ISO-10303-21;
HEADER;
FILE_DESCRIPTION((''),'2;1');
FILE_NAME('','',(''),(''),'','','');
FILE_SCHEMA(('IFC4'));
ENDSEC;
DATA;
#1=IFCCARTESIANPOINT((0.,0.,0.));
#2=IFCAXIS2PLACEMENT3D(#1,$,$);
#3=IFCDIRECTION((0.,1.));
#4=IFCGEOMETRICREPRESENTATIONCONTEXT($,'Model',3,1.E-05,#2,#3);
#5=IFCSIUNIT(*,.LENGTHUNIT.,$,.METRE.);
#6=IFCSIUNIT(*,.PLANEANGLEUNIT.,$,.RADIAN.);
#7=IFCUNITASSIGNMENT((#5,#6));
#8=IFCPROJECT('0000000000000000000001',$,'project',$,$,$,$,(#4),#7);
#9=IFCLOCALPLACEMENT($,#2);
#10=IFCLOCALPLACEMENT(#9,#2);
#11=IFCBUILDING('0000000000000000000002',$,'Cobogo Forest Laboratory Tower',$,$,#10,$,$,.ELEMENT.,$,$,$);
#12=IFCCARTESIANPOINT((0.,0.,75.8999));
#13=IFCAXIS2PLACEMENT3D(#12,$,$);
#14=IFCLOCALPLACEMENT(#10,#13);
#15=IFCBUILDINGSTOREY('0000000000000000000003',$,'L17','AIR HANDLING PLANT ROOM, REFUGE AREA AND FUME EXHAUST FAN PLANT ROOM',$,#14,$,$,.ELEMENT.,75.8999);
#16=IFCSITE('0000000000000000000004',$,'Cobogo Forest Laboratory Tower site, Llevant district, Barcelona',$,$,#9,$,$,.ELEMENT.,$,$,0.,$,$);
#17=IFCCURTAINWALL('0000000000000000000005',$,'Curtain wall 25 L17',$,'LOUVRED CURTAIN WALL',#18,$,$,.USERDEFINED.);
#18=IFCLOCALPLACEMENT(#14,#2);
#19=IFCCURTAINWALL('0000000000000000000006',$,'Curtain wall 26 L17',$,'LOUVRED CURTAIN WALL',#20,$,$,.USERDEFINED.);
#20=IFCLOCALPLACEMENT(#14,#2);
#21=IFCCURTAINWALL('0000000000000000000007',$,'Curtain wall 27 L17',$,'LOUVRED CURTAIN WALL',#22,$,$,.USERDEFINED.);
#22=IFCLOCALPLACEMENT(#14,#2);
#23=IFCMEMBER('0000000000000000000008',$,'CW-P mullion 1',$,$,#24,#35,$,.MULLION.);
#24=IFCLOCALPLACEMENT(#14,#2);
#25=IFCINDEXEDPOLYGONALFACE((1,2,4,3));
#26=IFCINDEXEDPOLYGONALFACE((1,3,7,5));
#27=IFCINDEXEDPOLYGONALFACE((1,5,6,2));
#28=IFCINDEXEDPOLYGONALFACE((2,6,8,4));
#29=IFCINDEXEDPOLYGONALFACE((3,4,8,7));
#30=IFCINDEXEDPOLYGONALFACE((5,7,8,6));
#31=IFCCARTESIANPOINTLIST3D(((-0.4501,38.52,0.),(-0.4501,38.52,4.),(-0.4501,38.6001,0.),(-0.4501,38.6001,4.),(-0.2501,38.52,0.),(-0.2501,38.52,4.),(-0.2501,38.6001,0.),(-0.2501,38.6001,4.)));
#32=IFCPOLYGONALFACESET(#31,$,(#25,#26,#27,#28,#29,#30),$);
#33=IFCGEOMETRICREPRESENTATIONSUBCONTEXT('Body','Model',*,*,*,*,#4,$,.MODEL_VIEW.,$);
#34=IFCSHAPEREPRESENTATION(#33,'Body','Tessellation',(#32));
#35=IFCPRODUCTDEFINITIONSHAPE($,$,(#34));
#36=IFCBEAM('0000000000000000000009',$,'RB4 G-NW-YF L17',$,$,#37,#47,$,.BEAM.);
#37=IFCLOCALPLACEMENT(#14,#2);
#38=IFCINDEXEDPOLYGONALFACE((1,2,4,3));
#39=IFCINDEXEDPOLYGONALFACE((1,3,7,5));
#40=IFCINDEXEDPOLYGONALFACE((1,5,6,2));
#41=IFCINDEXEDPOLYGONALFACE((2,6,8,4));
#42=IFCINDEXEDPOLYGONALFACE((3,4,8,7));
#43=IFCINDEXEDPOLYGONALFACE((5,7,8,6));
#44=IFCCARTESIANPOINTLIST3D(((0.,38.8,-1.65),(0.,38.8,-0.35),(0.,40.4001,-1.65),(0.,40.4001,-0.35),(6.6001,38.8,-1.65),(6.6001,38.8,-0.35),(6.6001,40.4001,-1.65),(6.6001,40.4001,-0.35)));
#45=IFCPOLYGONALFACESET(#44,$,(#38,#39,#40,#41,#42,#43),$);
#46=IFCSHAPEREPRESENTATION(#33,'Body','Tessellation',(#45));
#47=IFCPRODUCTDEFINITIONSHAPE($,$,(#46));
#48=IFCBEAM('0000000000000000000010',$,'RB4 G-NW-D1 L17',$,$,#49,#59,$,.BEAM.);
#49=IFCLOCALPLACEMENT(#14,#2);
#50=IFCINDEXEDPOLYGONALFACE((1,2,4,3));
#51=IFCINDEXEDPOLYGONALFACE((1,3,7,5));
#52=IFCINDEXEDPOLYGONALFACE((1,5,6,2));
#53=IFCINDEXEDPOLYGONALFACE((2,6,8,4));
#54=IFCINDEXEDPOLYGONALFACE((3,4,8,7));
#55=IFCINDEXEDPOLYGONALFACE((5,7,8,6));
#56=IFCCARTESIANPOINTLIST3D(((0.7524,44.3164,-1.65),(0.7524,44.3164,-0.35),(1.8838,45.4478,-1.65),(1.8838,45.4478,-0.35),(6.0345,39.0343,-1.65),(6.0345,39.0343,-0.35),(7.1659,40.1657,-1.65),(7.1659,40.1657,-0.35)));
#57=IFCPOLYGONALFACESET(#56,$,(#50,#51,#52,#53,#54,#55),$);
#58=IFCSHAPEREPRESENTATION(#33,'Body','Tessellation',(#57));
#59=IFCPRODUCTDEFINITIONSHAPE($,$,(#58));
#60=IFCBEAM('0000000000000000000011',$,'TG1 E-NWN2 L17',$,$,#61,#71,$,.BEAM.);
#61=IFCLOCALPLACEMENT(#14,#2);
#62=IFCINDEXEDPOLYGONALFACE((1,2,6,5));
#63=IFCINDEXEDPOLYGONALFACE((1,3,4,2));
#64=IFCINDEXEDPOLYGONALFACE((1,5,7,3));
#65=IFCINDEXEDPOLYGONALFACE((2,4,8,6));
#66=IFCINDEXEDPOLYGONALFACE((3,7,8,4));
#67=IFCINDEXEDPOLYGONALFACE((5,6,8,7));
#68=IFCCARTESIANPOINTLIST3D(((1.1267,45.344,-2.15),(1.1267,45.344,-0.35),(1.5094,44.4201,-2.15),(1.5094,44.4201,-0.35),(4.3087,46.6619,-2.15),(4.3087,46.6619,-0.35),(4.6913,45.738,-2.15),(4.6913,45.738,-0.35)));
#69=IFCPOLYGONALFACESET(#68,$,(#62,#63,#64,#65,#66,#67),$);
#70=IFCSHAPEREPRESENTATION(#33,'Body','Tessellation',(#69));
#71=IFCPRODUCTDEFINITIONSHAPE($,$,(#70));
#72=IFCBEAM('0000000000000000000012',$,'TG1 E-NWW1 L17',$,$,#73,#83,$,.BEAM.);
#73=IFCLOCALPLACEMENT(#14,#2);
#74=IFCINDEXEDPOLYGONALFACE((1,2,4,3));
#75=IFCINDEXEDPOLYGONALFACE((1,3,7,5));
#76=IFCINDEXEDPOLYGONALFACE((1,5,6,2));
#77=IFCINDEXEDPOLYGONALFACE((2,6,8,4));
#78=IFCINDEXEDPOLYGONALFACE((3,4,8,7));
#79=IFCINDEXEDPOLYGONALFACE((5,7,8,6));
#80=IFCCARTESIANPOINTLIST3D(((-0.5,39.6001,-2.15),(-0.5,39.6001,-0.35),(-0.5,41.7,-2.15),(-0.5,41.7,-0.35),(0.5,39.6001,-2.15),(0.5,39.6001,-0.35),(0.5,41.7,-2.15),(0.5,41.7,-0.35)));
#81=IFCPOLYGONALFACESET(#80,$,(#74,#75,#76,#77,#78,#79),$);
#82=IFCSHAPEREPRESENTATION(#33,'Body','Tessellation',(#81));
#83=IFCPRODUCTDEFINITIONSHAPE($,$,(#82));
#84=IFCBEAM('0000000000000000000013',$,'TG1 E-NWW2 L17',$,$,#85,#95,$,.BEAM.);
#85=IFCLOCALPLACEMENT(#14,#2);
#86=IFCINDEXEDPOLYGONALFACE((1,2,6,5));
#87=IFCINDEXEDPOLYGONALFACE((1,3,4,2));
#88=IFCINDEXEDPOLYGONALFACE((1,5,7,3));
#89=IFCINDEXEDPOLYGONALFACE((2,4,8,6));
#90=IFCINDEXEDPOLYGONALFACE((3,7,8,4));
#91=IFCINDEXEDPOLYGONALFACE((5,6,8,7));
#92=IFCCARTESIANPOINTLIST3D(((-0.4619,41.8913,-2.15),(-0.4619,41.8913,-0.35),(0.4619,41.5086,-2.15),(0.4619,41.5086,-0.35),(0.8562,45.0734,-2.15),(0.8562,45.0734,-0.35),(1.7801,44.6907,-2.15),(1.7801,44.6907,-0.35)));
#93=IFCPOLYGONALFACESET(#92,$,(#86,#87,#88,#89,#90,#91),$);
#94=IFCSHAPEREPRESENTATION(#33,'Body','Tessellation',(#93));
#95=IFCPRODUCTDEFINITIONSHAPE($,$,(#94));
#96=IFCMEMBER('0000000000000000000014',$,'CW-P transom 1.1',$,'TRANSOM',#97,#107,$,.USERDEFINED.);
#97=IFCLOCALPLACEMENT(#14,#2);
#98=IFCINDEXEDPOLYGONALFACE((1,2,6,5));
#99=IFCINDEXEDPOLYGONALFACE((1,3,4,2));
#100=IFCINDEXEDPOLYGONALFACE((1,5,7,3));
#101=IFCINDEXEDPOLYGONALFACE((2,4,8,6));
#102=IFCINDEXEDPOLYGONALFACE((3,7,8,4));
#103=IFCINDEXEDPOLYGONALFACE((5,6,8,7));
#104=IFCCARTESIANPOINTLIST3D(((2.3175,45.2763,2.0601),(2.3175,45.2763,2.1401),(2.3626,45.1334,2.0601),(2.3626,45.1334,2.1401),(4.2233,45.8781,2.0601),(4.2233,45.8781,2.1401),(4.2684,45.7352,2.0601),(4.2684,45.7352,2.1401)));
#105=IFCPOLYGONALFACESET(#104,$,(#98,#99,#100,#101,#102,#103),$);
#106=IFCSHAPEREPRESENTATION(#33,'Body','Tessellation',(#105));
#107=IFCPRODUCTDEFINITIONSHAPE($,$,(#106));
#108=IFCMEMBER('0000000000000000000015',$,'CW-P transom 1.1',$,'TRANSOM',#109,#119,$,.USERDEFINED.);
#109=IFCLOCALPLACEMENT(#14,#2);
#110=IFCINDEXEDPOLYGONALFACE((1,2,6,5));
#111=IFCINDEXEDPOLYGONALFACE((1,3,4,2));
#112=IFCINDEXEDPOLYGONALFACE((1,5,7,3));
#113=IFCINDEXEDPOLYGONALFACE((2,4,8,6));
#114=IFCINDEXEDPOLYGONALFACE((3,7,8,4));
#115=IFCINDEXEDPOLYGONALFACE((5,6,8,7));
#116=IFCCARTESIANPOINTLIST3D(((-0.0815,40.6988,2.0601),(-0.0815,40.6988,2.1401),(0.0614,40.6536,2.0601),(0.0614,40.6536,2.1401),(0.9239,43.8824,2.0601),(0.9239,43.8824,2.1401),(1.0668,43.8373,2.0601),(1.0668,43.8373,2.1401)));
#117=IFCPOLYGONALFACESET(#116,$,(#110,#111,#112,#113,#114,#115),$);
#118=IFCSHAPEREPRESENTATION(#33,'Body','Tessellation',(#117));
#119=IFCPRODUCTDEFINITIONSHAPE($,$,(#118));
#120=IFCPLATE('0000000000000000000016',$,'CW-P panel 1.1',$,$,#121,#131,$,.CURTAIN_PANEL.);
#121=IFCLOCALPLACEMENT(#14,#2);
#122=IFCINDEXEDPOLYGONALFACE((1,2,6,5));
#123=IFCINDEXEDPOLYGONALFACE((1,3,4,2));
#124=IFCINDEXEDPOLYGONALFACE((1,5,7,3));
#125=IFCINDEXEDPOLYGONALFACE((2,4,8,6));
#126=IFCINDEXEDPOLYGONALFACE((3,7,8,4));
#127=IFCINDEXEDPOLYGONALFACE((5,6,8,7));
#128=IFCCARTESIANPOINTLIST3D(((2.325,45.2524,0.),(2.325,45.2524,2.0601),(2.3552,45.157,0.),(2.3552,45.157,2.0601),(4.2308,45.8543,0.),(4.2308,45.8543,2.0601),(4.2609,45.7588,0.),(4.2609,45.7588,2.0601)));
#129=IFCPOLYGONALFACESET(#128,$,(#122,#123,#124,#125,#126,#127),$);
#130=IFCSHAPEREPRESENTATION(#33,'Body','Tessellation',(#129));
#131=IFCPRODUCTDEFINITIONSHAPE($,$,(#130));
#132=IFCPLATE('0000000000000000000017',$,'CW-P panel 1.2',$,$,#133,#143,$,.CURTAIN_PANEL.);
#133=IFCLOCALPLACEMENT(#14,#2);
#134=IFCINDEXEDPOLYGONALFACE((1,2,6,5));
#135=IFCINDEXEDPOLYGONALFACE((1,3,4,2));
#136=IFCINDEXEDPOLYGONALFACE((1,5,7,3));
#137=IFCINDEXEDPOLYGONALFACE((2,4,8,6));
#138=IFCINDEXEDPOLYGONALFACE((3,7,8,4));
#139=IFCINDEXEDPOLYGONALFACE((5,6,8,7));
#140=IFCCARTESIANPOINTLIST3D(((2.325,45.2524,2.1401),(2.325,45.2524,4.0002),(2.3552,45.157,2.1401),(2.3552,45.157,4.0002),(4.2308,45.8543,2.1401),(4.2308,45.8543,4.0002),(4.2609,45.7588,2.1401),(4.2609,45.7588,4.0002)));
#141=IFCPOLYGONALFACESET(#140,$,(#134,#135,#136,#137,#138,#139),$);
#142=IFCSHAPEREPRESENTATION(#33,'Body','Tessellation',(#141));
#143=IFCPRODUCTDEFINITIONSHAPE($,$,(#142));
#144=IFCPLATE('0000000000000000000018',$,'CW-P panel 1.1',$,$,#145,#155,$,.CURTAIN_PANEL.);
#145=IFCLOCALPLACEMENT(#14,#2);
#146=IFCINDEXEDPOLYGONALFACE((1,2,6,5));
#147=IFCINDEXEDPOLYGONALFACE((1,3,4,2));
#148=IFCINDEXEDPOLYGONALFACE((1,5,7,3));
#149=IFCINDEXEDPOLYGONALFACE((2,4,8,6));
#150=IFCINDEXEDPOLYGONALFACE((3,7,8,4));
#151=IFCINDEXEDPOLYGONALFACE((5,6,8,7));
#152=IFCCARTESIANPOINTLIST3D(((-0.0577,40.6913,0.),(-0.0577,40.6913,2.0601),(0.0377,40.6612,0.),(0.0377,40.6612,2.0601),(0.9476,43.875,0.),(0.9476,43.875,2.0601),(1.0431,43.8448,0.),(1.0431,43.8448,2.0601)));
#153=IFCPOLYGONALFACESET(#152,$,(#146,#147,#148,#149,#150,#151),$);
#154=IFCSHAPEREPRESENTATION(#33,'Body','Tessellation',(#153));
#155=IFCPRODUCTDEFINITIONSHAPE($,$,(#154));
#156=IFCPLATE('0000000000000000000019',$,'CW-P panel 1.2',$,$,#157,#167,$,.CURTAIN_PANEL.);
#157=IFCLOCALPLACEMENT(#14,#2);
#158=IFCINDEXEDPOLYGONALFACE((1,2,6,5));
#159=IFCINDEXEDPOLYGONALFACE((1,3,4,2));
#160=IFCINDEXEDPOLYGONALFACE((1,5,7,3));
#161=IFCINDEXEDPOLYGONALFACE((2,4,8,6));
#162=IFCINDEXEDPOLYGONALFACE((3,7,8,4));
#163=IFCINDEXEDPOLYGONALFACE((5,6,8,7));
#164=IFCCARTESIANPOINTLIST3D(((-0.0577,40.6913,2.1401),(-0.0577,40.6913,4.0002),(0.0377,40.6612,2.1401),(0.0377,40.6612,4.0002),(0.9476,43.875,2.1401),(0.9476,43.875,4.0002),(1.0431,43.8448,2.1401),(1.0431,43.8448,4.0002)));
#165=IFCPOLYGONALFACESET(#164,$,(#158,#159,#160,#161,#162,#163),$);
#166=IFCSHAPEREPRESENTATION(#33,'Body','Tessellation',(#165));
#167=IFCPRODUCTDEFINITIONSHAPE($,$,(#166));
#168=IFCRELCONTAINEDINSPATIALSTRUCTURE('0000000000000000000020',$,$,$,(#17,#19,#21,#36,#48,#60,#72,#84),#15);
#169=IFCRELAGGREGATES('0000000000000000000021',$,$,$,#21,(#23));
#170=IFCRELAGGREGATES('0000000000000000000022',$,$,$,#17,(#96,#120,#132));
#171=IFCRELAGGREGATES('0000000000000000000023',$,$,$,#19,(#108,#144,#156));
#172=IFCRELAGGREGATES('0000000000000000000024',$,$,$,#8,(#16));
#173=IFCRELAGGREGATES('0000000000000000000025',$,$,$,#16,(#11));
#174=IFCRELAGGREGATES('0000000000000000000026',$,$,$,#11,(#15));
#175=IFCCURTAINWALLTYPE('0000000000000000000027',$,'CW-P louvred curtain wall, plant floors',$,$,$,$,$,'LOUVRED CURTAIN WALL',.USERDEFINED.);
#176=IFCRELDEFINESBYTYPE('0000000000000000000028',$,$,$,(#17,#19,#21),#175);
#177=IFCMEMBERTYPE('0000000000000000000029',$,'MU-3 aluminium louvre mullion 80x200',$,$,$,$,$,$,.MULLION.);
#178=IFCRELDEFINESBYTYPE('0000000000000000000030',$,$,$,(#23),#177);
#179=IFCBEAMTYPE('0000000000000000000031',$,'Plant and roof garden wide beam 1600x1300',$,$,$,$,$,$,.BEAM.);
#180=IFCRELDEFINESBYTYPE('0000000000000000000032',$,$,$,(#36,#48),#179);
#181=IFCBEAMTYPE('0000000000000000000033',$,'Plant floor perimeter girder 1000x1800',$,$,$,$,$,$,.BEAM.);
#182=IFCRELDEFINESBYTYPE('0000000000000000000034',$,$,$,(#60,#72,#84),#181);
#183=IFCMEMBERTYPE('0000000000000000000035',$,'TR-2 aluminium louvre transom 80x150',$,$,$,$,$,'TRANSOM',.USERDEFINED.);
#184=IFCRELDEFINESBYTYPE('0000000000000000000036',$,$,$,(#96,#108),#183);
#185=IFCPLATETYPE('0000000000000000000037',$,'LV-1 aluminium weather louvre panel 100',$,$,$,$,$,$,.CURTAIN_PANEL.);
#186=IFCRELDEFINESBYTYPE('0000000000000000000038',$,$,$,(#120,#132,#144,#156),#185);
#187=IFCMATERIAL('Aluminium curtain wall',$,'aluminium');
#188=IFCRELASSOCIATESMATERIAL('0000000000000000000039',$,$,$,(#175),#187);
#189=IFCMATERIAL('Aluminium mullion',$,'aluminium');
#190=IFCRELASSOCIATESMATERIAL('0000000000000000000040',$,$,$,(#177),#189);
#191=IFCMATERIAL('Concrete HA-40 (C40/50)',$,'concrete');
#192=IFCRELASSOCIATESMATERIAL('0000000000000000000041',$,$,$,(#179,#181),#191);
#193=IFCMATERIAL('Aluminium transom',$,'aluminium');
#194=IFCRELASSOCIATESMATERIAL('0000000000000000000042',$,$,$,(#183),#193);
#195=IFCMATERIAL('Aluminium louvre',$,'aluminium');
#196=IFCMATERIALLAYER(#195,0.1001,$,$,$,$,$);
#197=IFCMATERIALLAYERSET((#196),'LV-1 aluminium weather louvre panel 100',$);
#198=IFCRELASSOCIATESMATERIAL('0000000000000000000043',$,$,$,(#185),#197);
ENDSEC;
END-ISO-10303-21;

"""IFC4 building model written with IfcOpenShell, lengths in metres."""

from ifc_helpers import new_model, si_unit, direction, frame, origin, origin_2d, place, context, subcontext, project, spatial, rectangle, extrude, material, layer, layer_set, material_profile, profile_set, type_object, element, aggregate, save


model = new_model("IFC4")

# Units and contexts
model_context = context("Model", 3, precision=1e-05, world=origin(), true_north=direction((0.0, 1.0)))
body_context = subcontext(model_context, "Body", "Model", "MODEL_VIEW")
ifc_project = project(units=[si_unit("LENGTHUNIT", "METRE"), si_unit("PLANEANGLEUNIT", "RADIAN")], contexts=[model_context])

# Site, building, storey
site_placement = place(None, origin())
site = spatial("IfcSite", under=ifc_project, at=site_placement, Name="Cobogo Forest Laboratory Tower site, Llevant district, Barcelona", CompositionType="ELEMENT", RefElevation=0.0)
building_placement = place(site_placement, origin())
building = spatial("IfcBuilding", under=site, at=building_placement, Name="Cobogo Forest Laboratory Tower", CompositionType="ELEMENT")
storey_placement = place(building_placement, frame((0.0, 0.0, 75.8999)))
storey = spatial("IfcBuildingStorey", under=building, at=storey_placement, Name="L17", Description="AIR HANDLING PLANT ROOM, REFUGE AREA AND FUME EXHAUST FAN PLANT ROOM", CompositionType="ELEMENT", Elevation=75.8999)

# Shared definitions
ifc_material_1 = material(Name="Aluminium curtain wall", Category="aluminium")
curtain_wall_type = type_object("IfcCurtainWallType", Name="CW-P louvred curtain wall, plant floors", ElementType="LOUVRED CURTAIN WALL", PredefinedType="USERDEFINED", material=ifc_material_1)
ifc_material_2 = material(Name="Aluminium mullion", Category="aluminium")
ifc_material_profile_1 = material_profile(ifc_material_2, rectangle(XDim=0.0801, YDim=0.2, at=origin_2d()), Name="AL 80x200")
ifc_profile_set_1 = profile_set([ifc_material_profile_1], Name="Aluminium mullion")
member_type_1 = type_object("IfcMemberType", Name="MU-3 aluminium louvre mullion 80x200", PredefinedType="MULLION", material=ifc_profile_set_1)

# Curtain walls
curtain_wall_1_placement = place(storey_placement, origin())
curtain_wall_1 = element("IfcCurtainWall", 1, at=curtain_wall_1_placement, inside=storey, type_object=curtain_wall_type, Name="Curtain wall 25 L17", ObjectType="LOUVRED CURTAIN WALL", PredefinedType="USERDEFINED")
curtain_wall_2_placement = place(storey_placement, origin())
curtain_wall_2 = element("IfcCurtainWall", 2, at=curtain_wall_2_placement, inside=storey, type_object=curtain_wall_type, Name="Curtain wall 26 L17", ObjectType="LOUVRED CURTAIN WALL", PredefinedType="USERDEFINED")

# Curtain wall, member
curtain_wall_3_placement = place(storey_placement, origin())
curtain_wall_3 = element("IfcCurtainWall", 3, at=curtain_wall_3_placement, inside=storey, type_object=curtain_wall_type, Name="Curtain wall 27 L17", ObjectType="LOUVRED CURTAIN WALL", PredefinedType="USERDEFINED")
member_1_placement = place(storey_placement, frame((-0.3501, 38.5601, 0.0), z_axis=(0.0, 0.0, 1.0), x_axis=(0.0, -1.0, 0.0)))
member_1 = element("IfcMember", 4, at=member_1_placement, type_object=member_type_1, Name="CW-P mullion 1", PredefinedType="MULLION", context=body_context, shape_type="SweptSolid", body=[
    extrude(rectangle(XDim=0.0801, YDim=0.2, at=origin_2d()), origin(), (0.0, 0.0, 1.0), 4.0),
])
aggregate(curtain_wall_3, [member_1])

# Beams
ifc_material_3 = material(Name="Concrete HA-40 (C40/50)", Category="concrete")
ifc_material_profile_2 = material_profile(ifc_material_3, rectangle(XDim=1.6001, YDim=1.3, at=origin_2d()), Name="RC 1600x1300")
ifc_profile_set_2 = profile_set([ifc_material_profile_2], Name="Concrete HA-40 (C40/50)")
beam_type_1 = type_object("IfcBeamType", Name="Plant and roof garden wide beam 1600x1300", PredefinedType="BEAM", material=ifc_profile_set_2)
beam_1_placement = place(storey_placement, frame((0.0, 39.6001, -1.0), z_axis=(1.0, 0.0, 0.0), x_axis=(0.0, 1.0, 0.0)))
element("IfcBeam", 5, at=beam_1_placement, inside=storey, type_object=beam_type_1, Name="RB4 G-NW-YF L17", PredefinedType="BEAM", context=body_context, shape_type="SweptSolid", body=[
    extrude(rectangle(XDim=1.6001, YDim=1.3, at=origin_2d()), origin(), (0.0, 0.0, 1.0), 6.6001),
])
beam_2_placement = place(storey_placement, frame((1.3181, 44.8821, -1.0), z_axis=(0.707107, -0.707107, 0.0), x_axis=(0.707107, 0.707107, 0.0)))
element("IfcBeam", 6, at=beam_2_placement, inside=storey, type_object=beam_type_1, Name="RB4 G-NW-D1 L17", PredefinedType="BEAM", context=body_context, shape_type="SweptSolid", body=[
    extrude(rectangle(XDim=1.6001, YDim=1.3, at=origin_2d()), origin(), (0.0, 0.0, 1.0), 7.47),
])
ifc_material_profile_3 = material_profile(ifc_material_3, rectangle(XDim=1.0, YDim=1.8, at=origin_2d()), Name="RC 1000x1800")
ifc_profile_set_3 = profile_set([ifc_material_profile_3], Name="Concrete HA-40 (C40/50)")
beam_type_2 = type_object("IfcBeamType", Name="Plant floor perimeter girder 1000x1800", PredefinedType="BEAM", material=ifc_profile_set_3)
beam_3_placement = place(storey_placement, frame((4.5, 46.2, -1.25), z_axis=(-0.923891, -0.382656, 0.0), x_axis=(0.382656, -0.923891, 0.0)))
element("IfcBeam", 7, at=beam_3_placement, inside=storey, type_object=beam_type_2, Name="TG1 E-NWN2 L17", PredefinedType="BEAM", context=body_context, shape_type="SweptSolid", body=[
    extrude(rectangle(XDim=1.0, YDim=1.8, at=origin_2d()), origin(), (0.0, 0.0, 1.0), 3.4441),
])
beam_4_placement = place(storey_placement, frame((0.0, 39.6001, -1.25), z_axis=(0.0, 1.0, 0.0), x_axis=(-1.0, 0.0, 0.0)))
element("IfcBeam", 8, at=beam_4_placement, inside=storey, type_object=beam_type_2, Name="TG1 E-NWW1 L17", PredefinedType="BEAM", context=body_context, shape_type="SweptSolid", body=[
    extrude(rectangle(XDim=1.0, YDim=1.8, at=origin_2d()), origin(), (0.0, 0.0, 1.0), 2.0999),
])
beam_5_placement = place(storey_placement, frame((0.0, 41.7, -1.25), z_axis=(0.382692, 0.923876, 0.0), x_axis=(-0.923876, 0.382692, 0.0)))
element("IfcBeam", 9, at=beam_5_placement, inside=storey, type_object=beam_type_2, Name="TG1 E-NWW2 L17", PredefinedType="BEAM", context=body_context, shape_type="SweptSolid", body=[
    extrude(rectangle(XDim=1.0, YDim=1.8, at=origin_2d()), origin(), (0.0, 0.0, 1.0), 3.4443),
])

# Members
ifc_material_4 = material(Name="Aluminium transom", Category="aluminium")
ifc_material_profile_4 = material_profile(ifc_material_4, rectangle(XDim=0.1499, YDim=0.0801, at=origin_2d()), Name="AL 80x150")
ifc_profile_set_4 = profile_set([ifc_material_profile_4], Name="Aluminium transom")
member_type_2 = type_object("IfcMemberType", Name="TR-2 aluminium louvre transom 80x150", ElementType="TRANSOM", PredefinedType="USERDEFINED", material=ifc_profile_set_4)
member_2_placement = place(storey_placement, frame((4.2458, 45.8066, 2.1001), z_axis=(-0.953585, -0.301126, 0.0), x_axis=(0.301126, -0.953585, 0.0)))
member_2 = element("IfcMember", 10, at=member_2_placement, type_object=member_type_2, Name="CW-P transom 1.1", ObjectType="TRANSOM", PredefinedType="USERDEFINED", context=body_context, shape_type="SweptSolid", body=[
    extrude(rectangle(XDim=0.1499, YDim=0.0801, at=origin_2d()), origin(), (0.0, 0.0, 1.0), 1.9985),
])
member_3_placement = place(storey_placement, frame((0.9954, 43.8599, 2.1001), z_axis=(-0.301138, -0.95358, 0.0), x_axis=(0.95358, -0.301138, 0.0)))
member_3 = element("IfcMember", 11, at=member_3_placement, type_object=member_type_2, Name="CW-P transom 1.1", ObjectType="TRANSOM", PredefinedType="USERDEFINED", context=body_context, shape_type="SweptSolid", body=[
    extrude(rectangle(XDim=0.1499, YDim=0.0801, at=origin_2d()), origin(), (0.0, 0.0, 1.0), 3.3386),
])

# Plates
ifc_material_5 = material(Name="Aluminium louvre", Category="aluminium")
ifc_layer = layer(ifc_material_5, 0.1001)
ifc_layer_set = layer_set([ifc_layer], Name="LV-1 aluminium weather louvre panel 100")
plate_type = type_object("IfcPlateType", Name="LV-1 aluminium weather louvre panel 100", PredefinedType="CURTAIN_PANEL", material=ifc_layer_set)
plate_1_placement = place(storey_placement, frame((3.293, 45.5056, 0.0), z_axis=(0.0, 0.0, 1.0), x_axis=(-0.953581, -0.301136, 0.0)))
plate_1 = element("IfcPlate", 12, at=plate_1_placement, type_object=plate_type, Name="CW-P panel 1.1", PredefinedType="CURTAIN_PANEL", context=body_context, shape_type="SweptSolid", body=[
    extrude(rectangle(XDim=1.9985, YDim=0.1001, at=origin_2d()), origin(), (0.0, 0.0, 1.0), 2.0601),
])
plate_2_placement = place(storey_placement, frame((3.293, 45.5056, 2.1401), z_axis=(0.0, 0.0, 1.0), x_axis=(-0.953581, -0.301136, 0.0)))
plate_2 = element("IfcPlate", 13, at=plate_2_placement, type_object=plate_type, Name="CW-P panel 1.2", PredefinedType="CURTAIN_PANEL", context=body_context, shape_type="SweptSolid", body=[
    extrude(rectangle(XDim=1.9985, YDim=0.1001, at=origin_2d()), origin(), (0.0, 0.0, 1.0), 1.8601),
])
aggregate(curtain_wall_1, [member_2, plate_1, plate_2])
plate_3_placement = place(storey_placement, frame((0.4927, 42.2681, 0.0), z_axis=(0.0, 0.0, 1.0), x_axis=(-0.301136, -0.953581, 0.0)))
plate_3 = element("IfcPlate", 14, at=plate_3_placement, type_object=plate_type, Name="CW-P panel 1.1", PredefinedType="CURTAIN_PANEL", context=body_context, shape_type="SweptSolid", body=[
    extrude(rectangle(XDim=3.3386, YDim=0.1001, at=origin_2d()), origin(), (0.0, 0.0, 1.0), 2.0601),
])
plate_4_placement = place(storey_placement, frame((0.4927, 42.2681, 2.1401), z_axis=(0.0, 0.0, 1.0), x_axis=(-0.301136, -0.953581, 0.0)))
plate_4 = element("IfcPlate", 15, at=plate_4_placement, type_object=plate_type, Name="CW-P panel 1.2", PredefinedType="CURTAIN_PANEL", context=body_context, shape_type="SweptSolid", body=[
    extrude(rectangle(XDim=3.3386, YDim=0.1001, at=origin_2d()), origin(), (0.0, 0.0, 1.0), 1.8601),
])
aggregate(curtain_wall_2, [member_3, plate_3, plate_4])

save(model, "model.ifc")
